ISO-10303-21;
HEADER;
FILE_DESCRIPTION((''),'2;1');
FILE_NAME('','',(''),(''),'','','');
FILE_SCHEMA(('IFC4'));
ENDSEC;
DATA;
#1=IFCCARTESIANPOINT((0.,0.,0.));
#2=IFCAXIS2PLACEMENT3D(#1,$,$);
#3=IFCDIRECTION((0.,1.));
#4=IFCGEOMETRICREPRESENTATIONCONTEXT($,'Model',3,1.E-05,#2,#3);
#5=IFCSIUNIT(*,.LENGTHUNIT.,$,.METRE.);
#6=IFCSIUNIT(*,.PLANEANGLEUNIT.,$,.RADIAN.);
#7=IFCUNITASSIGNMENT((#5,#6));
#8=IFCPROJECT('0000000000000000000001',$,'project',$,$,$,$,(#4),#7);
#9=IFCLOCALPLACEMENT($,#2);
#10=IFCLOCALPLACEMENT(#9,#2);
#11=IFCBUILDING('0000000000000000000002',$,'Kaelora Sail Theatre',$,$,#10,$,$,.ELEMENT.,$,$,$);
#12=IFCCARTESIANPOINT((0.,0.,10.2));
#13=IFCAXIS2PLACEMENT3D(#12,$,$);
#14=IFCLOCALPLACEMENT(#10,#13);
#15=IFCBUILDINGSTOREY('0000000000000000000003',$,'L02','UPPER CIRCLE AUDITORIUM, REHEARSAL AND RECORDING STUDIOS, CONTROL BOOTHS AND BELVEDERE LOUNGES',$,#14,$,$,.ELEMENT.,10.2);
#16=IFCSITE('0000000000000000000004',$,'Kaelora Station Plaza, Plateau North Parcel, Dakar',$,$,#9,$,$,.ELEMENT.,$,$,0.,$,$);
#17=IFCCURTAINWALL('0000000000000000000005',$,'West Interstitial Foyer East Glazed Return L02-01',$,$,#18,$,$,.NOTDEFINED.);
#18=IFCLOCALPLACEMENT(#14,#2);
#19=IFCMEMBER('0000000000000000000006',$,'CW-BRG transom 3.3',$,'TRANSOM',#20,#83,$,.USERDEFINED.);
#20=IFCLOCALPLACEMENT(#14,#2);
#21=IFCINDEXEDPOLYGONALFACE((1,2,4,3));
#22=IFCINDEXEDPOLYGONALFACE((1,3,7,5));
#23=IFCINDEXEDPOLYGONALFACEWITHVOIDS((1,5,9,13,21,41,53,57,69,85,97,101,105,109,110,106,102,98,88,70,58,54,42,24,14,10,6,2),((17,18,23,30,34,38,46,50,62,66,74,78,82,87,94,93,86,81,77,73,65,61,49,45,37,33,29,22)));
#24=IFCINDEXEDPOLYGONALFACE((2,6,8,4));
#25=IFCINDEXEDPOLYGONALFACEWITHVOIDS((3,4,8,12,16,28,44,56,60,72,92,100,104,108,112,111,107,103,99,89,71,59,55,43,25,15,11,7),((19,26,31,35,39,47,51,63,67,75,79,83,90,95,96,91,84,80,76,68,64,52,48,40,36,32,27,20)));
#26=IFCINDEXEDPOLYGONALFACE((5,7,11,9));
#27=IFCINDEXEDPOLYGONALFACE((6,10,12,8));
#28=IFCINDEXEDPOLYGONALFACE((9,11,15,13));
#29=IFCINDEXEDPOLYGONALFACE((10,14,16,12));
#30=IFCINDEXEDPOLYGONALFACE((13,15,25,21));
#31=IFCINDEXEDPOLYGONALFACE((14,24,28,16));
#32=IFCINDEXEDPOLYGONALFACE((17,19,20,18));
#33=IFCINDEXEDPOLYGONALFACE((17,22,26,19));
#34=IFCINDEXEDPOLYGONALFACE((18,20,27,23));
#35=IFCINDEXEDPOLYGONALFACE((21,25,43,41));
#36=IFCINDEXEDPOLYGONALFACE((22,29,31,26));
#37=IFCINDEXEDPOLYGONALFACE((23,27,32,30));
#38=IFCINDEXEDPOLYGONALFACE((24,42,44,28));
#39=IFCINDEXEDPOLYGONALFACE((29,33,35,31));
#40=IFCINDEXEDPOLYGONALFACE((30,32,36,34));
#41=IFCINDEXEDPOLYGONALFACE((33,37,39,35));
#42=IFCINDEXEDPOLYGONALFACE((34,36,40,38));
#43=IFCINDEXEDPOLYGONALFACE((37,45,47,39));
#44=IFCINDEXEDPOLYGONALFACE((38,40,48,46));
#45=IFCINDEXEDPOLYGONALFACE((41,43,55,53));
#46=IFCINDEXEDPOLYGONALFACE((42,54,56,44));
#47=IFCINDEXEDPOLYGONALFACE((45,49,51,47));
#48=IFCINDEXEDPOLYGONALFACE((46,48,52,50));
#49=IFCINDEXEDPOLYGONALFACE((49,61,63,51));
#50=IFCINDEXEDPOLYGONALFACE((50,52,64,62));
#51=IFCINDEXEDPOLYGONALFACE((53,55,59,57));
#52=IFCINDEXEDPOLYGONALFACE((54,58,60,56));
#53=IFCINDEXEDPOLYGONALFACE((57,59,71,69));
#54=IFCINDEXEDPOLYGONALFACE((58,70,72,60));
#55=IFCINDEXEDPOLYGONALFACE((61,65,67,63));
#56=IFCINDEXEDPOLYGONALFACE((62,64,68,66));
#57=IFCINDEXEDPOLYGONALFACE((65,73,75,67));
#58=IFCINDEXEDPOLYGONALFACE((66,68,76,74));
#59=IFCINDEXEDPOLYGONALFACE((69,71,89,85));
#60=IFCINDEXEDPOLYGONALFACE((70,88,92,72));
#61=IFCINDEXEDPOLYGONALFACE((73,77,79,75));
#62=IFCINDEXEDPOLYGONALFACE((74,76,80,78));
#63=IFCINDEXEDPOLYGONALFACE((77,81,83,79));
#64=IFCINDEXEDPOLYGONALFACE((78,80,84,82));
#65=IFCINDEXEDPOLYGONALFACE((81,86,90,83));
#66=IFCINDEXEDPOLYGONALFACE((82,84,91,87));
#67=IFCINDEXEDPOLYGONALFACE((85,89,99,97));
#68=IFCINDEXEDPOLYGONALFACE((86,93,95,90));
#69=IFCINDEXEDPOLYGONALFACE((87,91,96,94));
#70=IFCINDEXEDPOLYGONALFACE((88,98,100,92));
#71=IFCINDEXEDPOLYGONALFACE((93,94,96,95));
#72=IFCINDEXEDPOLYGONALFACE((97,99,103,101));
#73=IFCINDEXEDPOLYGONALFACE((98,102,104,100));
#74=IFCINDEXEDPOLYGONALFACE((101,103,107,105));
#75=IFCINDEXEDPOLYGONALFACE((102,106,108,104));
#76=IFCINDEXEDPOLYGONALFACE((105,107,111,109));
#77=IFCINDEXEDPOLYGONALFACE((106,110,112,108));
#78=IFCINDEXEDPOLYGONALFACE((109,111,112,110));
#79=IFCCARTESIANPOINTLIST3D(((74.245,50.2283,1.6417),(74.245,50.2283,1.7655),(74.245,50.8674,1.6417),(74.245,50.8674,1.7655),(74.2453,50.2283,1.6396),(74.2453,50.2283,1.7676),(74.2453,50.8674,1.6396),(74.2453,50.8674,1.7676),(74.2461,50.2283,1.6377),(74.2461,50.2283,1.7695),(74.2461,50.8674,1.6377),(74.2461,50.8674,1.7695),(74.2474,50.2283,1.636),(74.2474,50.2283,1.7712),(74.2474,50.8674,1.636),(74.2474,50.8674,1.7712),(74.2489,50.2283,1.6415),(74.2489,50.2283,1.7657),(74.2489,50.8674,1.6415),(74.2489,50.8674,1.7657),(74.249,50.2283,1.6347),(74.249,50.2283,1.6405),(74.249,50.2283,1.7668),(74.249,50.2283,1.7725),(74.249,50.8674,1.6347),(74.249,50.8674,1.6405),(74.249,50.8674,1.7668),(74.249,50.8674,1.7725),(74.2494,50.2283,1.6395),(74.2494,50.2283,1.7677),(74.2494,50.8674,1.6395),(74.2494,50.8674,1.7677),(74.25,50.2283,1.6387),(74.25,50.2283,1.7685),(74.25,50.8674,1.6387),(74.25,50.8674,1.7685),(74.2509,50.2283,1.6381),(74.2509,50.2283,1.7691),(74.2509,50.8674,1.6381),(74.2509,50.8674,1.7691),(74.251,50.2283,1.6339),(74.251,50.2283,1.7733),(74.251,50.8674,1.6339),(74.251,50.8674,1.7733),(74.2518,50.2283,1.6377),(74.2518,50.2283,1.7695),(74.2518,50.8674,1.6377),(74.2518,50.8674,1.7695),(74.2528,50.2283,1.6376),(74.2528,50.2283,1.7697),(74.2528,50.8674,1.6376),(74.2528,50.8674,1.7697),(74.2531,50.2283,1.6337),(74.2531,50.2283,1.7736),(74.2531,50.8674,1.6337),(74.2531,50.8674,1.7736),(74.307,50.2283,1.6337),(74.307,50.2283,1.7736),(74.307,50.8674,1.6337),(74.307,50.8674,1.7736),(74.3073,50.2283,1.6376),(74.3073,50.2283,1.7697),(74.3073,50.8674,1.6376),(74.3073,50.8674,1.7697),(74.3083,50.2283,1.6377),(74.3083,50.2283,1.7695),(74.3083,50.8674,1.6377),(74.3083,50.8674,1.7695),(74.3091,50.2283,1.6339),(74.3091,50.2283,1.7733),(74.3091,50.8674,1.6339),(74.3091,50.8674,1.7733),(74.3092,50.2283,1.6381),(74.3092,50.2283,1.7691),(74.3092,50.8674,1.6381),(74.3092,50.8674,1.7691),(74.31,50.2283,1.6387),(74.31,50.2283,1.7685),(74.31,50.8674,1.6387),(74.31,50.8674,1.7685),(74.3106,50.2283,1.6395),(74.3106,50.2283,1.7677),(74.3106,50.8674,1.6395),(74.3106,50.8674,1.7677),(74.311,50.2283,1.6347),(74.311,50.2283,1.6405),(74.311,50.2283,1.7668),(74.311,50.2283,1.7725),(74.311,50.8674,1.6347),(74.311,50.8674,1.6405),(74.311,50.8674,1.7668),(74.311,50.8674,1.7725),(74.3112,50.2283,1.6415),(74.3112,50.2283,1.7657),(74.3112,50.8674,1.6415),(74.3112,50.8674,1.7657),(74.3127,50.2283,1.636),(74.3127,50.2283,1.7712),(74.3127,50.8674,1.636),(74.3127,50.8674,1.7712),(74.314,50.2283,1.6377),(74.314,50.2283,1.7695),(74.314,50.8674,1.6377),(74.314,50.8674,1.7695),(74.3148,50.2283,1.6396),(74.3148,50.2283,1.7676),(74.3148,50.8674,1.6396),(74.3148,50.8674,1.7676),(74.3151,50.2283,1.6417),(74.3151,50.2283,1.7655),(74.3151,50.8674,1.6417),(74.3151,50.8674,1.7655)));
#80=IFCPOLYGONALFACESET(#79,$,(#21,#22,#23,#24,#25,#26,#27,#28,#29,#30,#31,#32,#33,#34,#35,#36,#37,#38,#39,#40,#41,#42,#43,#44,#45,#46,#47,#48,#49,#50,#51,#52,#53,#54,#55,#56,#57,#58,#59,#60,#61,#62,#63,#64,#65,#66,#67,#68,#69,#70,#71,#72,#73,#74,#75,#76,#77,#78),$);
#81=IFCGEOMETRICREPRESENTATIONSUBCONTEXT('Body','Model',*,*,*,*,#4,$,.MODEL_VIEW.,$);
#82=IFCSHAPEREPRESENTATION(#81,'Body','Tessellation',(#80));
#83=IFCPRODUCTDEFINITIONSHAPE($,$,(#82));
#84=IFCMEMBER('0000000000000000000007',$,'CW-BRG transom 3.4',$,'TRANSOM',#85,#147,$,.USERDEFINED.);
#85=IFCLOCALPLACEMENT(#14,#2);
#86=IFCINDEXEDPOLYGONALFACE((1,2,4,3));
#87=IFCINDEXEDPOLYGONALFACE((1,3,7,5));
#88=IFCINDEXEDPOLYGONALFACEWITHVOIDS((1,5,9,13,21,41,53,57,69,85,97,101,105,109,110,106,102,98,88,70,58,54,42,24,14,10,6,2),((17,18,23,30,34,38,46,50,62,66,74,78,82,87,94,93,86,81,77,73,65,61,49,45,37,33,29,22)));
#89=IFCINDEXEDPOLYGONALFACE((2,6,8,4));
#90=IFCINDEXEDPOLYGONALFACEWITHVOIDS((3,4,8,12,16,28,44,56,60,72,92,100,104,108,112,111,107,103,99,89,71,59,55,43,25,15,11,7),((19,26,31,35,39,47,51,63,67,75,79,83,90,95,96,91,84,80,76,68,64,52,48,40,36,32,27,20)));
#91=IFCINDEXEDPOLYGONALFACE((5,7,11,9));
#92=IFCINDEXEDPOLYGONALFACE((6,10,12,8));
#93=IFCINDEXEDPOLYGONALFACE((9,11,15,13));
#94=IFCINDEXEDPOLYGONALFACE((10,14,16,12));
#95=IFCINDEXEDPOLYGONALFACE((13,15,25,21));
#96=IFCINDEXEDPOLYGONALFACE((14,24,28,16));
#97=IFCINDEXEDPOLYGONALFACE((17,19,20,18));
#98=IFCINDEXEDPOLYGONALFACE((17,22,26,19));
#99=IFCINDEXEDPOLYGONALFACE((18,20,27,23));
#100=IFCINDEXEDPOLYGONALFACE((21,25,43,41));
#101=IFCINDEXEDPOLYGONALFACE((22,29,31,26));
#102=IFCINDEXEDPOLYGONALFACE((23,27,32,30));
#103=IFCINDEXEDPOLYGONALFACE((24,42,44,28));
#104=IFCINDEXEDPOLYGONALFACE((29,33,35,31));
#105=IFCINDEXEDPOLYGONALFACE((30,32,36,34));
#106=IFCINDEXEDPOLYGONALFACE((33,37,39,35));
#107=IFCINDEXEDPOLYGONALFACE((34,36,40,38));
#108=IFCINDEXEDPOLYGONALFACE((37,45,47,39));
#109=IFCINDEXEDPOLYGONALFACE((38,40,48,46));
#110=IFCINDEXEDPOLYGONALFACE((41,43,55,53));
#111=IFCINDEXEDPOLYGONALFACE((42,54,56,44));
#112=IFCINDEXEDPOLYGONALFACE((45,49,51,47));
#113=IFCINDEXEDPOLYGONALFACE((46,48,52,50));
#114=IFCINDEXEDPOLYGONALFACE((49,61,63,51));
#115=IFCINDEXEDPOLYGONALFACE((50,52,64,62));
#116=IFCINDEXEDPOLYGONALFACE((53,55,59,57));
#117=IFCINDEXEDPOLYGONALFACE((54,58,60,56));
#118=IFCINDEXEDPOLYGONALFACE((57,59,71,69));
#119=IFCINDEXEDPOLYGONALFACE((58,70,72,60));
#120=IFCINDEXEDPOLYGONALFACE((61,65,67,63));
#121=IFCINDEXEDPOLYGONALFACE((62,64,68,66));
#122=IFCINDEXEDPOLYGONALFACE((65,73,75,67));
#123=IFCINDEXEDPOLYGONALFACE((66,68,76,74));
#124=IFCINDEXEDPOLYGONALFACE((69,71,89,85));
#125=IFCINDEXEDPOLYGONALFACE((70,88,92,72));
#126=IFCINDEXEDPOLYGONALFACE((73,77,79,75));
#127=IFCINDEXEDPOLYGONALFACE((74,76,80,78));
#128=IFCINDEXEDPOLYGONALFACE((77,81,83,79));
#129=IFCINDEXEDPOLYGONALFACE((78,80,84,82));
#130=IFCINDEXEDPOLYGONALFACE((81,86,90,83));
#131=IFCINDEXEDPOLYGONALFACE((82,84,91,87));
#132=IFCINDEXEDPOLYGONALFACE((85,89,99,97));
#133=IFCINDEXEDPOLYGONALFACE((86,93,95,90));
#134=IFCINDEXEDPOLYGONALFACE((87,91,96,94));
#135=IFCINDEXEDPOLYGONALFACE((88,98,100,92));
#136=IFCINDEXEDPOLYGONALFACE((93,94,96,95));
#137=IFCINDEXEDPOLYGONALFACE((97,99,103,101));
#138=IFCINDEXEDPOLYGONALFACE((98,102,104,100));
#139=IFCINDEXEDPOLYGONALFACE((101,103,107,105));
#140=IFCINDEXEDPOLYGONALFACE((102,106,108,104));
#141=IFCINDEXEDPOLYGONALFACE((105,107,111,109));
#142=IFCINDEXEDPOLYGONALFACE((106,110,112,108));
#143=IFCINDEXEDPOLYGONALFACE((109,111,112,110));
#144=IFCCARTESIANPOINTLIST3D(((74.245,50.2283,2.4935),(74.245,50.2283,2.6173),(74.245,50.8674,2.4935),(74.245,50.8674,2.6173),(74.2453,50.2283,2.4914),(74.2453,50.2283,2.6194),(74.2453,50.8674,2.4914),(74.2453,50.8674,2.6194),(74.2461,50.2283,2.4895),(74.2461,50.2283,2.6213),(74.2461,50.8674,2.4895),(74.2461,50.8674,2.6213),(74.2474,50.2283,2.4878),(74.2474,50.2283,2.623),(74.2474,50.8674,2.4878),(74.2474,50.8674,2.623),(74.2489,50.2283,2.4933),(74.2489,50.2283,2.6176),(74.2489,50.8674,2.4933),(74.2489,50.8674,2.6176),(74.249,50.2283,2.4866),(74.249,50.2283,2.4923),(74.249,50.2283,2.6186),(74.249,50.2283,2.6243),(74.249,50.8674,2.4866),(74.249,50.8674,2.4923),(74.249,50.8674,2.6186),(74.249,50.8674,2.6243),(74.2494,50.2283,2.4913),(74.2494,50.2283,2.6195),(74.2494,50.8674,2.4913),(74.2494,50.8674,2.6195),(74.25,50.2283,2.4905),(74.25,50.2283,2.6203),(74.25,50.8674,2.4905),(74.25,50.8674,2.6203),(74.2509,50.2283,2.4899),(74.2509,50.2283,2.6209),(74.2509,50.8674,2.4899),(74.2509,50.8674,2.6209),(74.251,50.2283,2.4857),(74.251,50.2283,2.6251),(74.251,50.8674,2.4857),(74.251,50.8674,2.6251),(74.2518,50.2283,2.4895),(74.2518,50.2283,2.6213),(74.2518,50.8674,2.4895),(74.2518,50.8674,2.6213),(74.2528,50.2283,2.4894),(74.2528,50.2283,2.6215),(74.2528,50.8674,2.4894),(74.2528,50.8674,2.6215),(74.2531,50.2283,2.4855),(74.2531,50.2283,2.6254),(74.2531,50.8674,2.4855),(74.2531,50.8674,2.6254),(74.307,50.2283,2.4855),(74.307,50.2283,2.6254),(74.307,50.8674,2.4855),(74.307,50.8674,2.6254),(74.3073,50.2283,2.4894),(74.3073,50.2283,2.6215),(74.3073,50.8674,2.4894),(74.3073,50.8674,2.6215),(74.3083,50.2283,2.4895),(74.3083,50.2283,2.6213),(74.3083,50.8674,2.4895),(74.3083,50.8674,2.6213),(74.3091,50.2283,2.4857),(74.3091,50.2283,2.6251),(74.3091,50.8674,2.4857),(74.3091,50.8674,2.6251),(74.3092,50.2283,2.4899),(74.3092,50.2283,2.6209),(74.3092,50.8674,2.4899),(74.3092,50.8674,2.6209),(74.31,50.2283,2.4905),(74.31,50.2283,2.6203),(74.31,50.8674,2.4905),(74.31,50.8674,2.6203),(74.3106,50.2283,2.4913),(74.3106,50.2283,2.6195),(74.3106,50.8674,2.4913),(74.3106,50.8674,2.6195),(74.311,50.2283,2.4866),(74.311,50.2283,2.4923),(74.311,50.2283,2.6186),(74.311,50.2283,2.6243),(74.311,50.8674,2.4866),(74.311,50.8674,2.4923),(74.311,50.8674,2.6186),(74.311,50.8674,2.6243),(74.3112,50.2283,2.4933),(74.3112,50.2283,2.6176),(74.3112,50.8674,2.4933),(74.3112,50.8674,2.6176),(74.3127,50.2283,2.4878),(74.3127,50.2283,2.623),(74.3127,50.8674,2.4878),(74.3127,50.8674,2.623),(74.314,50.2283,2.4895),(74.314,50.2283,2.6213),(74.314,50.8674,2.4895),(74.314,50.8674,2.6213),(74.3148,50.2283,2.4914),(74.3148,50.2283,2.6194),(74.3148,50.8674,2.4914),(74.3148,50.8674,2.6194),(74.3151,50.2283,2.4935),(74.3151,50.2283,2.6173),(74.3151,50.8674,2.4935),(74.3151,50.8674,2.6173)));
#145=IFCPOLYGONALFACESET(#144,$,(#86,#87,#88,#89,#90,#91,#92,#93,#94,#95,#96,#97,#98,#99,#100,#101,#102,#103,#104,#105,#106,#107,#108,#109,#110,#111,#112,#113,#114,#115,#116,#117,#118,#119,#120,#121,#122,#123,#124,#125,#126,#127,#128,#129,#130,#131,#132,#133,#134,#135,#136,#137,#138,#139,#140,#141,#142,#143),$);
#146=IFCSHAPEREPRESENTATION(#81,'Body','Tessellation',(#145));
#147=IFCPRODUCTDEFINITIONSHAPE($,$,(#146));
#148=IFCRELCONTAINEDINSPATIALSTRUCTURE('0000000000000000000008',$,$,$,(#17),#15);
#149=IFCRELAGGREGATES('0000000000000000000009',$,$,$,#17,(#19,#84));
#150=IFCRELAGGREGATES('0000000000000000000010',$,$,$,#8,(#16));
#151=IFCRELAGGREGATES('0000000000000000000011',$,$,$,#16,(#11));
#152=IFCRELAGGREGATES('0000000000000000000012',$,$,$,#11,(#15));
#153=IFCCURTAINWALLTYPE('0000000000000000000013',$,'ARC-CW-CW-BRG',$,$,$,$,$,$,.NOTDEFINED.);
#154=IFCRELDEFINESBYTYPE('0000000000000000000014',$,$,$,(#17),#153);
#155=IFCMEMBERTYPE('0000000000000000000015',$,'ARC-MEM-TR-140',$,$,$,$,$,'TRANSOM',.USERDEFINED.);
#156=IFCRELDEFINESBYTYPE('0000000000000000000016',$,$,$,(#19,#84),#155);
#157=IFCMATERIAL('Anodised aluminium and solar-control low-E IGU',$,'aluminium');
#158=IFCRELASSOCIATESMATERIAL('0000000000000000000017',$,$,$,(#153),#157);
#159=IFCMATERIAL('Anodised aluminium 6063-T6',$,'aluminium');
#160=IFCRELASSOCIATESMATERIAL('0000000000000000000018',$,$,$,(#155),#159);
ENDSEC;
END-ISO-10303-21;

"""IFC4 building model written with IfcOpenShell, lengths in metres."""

from ifc_helpers import new_model, si_unit, direction, frame, origin, origin_2d, place, context, subcontext, project, spatial, hollow_rectangle, extrude, material, material_profile, profile_set, type_object, element, aggregate, save


model = new_model("IFC4")

# Units and contexts
model_context = context("Model", 3, precision=1e-05, world=origin(), true_north=direction((0.0, 1.0)))
body_context = subcontext(model_context, "Body", "Model", "MODEL_VIEW")
ifc_project = project(units=[si_unit("LENGTHUNIT", "METRE"), si_unit("PLANEANGLEUNIT", "RADIAN")], contexts=[model_context])

# Site, building, storey
site_placement = place(None, origin())
site = spatial("IfcSite", under=ifc_project, at=site_placement, Name="Kaelora Station Plaza, Plateau North Parcel, Dakar", CompositionType="ELEMENT", RefElevation=0.0)
building_placement = place(site_placement, origin())
building = spatial("IfcBuilding", under=site, at=building_placement, Name="Kaelora Sail Theatre", CompositionType="ELEMENT")
storey_placement = place(building_placement, frame((0.0, 0.0, 10.2)))
storey = spatial("IfcBuildingStorey", under=building, at=storey_placement, Name="L02", Description="UPPER CIRCLE AUDITORIUM, REHEARSAL AND RECORDING STUDIOS, CONTROL BOOTHS AND BELVEDERE LOUNGES", CompositionType="ELEMENT", Elevation=10.2)

# Shared definitions
ifc_material_1 = material(Name="Anodised aluminium and solar-control low-E IGU", Category="aluminium")
curtain_wall_type = type_object("IfcCurtainWallType", Name="ARC-CW-CW-BRG", PredefinedType="NOTDEFINED", material=ifc_material_1)

# Curtain wall
curtain_wall_1_placement = place(storey_placement, origin())
curtain_wall_1 = element("IfcCurtainWall", 1, at=curtain_wall_1_placement, inside=storey, type_object=curtain_wall_type, Name="West Interstitial Foyer East Glazed Return L02-01", PredefinedType="NOTDEFINED")

# Members
ifc_material_2 = material(Name="Anodised aluminium 6063-T6", Category="aluminium")
ifc_material_profile_1 = material_profile(ifc_material_2, hollow_rectangle(XDim=0.0701, YDim=0.1399, WallThickness=0.0039, InnerFilletRadius=0.0039, OuterFilletRadius=0.0081, at=origin_2d()), Name="ALU-TRAN 70x140x4")
ifc_profile_set_1 = profile_set([ifc_material_profile_1], Name="Anodised aluminium 6063-T6")
member_type_1 = type_object("IfcMemberType", Name="ARC-MEM-TR-140", ElementType="TRANSOM", PredefinedType="USERDEFINED", material=ifc_profile_set_1)
member_1_placement = place(storey_placement, frame((74.28, 50.2283, 1.7036), z_axis=(0.0, 1.0, 0.0), x_axis=(-1.0, 0.0, 0.0)))
member_1 = element("IfcMember", 2, at=member_1_placement, type_object=member_type_1, Name="CW-BRG transom 3.3", ObjectType="TRANSOM", PredefinedType="USERDEFINED", context=body_context, shape_type="SweptSolid", body=[
    extrude(hollow_rectangle(XDim=0.0701, YDim=0.1399, WallThickness=0.0039, InnerFilletRadius=0.0039, OuterFilletRadius=0.0081, at=origin_2d()), origin(), (0.0, 0.0, 1.0), 0.6392),
])
member_2_placement = place(storey_placement, frame((74.28, 50.2283, 2.5554), z_axis=(0.0, 1.0, 0.0), x_axis=(-1.0, 0.0, 0.0)))
member_2 = element("IfcMember", 3, at=member_2_placement, type_object=member_type_1, Name="CW-BRG transom 3.4", ObjectType="TRANSOM", PredefinedType="USERDEFINED", context=body_context, shape_type="SweptSolid", body=[
    extrude(hollow_rectangle(XDim=0.0701, YDim=0.1399, WallThickness=0.0039, InnerFilletRadius=0.0039, OuterFilletRadius=0.0081, at=origin_2d()), origin(), (0.0, 0.0, 1.0), 0.6392),
])

aggregate(curtain_wall_1, [member_1, member_2])

save(model, "model.ifc")
